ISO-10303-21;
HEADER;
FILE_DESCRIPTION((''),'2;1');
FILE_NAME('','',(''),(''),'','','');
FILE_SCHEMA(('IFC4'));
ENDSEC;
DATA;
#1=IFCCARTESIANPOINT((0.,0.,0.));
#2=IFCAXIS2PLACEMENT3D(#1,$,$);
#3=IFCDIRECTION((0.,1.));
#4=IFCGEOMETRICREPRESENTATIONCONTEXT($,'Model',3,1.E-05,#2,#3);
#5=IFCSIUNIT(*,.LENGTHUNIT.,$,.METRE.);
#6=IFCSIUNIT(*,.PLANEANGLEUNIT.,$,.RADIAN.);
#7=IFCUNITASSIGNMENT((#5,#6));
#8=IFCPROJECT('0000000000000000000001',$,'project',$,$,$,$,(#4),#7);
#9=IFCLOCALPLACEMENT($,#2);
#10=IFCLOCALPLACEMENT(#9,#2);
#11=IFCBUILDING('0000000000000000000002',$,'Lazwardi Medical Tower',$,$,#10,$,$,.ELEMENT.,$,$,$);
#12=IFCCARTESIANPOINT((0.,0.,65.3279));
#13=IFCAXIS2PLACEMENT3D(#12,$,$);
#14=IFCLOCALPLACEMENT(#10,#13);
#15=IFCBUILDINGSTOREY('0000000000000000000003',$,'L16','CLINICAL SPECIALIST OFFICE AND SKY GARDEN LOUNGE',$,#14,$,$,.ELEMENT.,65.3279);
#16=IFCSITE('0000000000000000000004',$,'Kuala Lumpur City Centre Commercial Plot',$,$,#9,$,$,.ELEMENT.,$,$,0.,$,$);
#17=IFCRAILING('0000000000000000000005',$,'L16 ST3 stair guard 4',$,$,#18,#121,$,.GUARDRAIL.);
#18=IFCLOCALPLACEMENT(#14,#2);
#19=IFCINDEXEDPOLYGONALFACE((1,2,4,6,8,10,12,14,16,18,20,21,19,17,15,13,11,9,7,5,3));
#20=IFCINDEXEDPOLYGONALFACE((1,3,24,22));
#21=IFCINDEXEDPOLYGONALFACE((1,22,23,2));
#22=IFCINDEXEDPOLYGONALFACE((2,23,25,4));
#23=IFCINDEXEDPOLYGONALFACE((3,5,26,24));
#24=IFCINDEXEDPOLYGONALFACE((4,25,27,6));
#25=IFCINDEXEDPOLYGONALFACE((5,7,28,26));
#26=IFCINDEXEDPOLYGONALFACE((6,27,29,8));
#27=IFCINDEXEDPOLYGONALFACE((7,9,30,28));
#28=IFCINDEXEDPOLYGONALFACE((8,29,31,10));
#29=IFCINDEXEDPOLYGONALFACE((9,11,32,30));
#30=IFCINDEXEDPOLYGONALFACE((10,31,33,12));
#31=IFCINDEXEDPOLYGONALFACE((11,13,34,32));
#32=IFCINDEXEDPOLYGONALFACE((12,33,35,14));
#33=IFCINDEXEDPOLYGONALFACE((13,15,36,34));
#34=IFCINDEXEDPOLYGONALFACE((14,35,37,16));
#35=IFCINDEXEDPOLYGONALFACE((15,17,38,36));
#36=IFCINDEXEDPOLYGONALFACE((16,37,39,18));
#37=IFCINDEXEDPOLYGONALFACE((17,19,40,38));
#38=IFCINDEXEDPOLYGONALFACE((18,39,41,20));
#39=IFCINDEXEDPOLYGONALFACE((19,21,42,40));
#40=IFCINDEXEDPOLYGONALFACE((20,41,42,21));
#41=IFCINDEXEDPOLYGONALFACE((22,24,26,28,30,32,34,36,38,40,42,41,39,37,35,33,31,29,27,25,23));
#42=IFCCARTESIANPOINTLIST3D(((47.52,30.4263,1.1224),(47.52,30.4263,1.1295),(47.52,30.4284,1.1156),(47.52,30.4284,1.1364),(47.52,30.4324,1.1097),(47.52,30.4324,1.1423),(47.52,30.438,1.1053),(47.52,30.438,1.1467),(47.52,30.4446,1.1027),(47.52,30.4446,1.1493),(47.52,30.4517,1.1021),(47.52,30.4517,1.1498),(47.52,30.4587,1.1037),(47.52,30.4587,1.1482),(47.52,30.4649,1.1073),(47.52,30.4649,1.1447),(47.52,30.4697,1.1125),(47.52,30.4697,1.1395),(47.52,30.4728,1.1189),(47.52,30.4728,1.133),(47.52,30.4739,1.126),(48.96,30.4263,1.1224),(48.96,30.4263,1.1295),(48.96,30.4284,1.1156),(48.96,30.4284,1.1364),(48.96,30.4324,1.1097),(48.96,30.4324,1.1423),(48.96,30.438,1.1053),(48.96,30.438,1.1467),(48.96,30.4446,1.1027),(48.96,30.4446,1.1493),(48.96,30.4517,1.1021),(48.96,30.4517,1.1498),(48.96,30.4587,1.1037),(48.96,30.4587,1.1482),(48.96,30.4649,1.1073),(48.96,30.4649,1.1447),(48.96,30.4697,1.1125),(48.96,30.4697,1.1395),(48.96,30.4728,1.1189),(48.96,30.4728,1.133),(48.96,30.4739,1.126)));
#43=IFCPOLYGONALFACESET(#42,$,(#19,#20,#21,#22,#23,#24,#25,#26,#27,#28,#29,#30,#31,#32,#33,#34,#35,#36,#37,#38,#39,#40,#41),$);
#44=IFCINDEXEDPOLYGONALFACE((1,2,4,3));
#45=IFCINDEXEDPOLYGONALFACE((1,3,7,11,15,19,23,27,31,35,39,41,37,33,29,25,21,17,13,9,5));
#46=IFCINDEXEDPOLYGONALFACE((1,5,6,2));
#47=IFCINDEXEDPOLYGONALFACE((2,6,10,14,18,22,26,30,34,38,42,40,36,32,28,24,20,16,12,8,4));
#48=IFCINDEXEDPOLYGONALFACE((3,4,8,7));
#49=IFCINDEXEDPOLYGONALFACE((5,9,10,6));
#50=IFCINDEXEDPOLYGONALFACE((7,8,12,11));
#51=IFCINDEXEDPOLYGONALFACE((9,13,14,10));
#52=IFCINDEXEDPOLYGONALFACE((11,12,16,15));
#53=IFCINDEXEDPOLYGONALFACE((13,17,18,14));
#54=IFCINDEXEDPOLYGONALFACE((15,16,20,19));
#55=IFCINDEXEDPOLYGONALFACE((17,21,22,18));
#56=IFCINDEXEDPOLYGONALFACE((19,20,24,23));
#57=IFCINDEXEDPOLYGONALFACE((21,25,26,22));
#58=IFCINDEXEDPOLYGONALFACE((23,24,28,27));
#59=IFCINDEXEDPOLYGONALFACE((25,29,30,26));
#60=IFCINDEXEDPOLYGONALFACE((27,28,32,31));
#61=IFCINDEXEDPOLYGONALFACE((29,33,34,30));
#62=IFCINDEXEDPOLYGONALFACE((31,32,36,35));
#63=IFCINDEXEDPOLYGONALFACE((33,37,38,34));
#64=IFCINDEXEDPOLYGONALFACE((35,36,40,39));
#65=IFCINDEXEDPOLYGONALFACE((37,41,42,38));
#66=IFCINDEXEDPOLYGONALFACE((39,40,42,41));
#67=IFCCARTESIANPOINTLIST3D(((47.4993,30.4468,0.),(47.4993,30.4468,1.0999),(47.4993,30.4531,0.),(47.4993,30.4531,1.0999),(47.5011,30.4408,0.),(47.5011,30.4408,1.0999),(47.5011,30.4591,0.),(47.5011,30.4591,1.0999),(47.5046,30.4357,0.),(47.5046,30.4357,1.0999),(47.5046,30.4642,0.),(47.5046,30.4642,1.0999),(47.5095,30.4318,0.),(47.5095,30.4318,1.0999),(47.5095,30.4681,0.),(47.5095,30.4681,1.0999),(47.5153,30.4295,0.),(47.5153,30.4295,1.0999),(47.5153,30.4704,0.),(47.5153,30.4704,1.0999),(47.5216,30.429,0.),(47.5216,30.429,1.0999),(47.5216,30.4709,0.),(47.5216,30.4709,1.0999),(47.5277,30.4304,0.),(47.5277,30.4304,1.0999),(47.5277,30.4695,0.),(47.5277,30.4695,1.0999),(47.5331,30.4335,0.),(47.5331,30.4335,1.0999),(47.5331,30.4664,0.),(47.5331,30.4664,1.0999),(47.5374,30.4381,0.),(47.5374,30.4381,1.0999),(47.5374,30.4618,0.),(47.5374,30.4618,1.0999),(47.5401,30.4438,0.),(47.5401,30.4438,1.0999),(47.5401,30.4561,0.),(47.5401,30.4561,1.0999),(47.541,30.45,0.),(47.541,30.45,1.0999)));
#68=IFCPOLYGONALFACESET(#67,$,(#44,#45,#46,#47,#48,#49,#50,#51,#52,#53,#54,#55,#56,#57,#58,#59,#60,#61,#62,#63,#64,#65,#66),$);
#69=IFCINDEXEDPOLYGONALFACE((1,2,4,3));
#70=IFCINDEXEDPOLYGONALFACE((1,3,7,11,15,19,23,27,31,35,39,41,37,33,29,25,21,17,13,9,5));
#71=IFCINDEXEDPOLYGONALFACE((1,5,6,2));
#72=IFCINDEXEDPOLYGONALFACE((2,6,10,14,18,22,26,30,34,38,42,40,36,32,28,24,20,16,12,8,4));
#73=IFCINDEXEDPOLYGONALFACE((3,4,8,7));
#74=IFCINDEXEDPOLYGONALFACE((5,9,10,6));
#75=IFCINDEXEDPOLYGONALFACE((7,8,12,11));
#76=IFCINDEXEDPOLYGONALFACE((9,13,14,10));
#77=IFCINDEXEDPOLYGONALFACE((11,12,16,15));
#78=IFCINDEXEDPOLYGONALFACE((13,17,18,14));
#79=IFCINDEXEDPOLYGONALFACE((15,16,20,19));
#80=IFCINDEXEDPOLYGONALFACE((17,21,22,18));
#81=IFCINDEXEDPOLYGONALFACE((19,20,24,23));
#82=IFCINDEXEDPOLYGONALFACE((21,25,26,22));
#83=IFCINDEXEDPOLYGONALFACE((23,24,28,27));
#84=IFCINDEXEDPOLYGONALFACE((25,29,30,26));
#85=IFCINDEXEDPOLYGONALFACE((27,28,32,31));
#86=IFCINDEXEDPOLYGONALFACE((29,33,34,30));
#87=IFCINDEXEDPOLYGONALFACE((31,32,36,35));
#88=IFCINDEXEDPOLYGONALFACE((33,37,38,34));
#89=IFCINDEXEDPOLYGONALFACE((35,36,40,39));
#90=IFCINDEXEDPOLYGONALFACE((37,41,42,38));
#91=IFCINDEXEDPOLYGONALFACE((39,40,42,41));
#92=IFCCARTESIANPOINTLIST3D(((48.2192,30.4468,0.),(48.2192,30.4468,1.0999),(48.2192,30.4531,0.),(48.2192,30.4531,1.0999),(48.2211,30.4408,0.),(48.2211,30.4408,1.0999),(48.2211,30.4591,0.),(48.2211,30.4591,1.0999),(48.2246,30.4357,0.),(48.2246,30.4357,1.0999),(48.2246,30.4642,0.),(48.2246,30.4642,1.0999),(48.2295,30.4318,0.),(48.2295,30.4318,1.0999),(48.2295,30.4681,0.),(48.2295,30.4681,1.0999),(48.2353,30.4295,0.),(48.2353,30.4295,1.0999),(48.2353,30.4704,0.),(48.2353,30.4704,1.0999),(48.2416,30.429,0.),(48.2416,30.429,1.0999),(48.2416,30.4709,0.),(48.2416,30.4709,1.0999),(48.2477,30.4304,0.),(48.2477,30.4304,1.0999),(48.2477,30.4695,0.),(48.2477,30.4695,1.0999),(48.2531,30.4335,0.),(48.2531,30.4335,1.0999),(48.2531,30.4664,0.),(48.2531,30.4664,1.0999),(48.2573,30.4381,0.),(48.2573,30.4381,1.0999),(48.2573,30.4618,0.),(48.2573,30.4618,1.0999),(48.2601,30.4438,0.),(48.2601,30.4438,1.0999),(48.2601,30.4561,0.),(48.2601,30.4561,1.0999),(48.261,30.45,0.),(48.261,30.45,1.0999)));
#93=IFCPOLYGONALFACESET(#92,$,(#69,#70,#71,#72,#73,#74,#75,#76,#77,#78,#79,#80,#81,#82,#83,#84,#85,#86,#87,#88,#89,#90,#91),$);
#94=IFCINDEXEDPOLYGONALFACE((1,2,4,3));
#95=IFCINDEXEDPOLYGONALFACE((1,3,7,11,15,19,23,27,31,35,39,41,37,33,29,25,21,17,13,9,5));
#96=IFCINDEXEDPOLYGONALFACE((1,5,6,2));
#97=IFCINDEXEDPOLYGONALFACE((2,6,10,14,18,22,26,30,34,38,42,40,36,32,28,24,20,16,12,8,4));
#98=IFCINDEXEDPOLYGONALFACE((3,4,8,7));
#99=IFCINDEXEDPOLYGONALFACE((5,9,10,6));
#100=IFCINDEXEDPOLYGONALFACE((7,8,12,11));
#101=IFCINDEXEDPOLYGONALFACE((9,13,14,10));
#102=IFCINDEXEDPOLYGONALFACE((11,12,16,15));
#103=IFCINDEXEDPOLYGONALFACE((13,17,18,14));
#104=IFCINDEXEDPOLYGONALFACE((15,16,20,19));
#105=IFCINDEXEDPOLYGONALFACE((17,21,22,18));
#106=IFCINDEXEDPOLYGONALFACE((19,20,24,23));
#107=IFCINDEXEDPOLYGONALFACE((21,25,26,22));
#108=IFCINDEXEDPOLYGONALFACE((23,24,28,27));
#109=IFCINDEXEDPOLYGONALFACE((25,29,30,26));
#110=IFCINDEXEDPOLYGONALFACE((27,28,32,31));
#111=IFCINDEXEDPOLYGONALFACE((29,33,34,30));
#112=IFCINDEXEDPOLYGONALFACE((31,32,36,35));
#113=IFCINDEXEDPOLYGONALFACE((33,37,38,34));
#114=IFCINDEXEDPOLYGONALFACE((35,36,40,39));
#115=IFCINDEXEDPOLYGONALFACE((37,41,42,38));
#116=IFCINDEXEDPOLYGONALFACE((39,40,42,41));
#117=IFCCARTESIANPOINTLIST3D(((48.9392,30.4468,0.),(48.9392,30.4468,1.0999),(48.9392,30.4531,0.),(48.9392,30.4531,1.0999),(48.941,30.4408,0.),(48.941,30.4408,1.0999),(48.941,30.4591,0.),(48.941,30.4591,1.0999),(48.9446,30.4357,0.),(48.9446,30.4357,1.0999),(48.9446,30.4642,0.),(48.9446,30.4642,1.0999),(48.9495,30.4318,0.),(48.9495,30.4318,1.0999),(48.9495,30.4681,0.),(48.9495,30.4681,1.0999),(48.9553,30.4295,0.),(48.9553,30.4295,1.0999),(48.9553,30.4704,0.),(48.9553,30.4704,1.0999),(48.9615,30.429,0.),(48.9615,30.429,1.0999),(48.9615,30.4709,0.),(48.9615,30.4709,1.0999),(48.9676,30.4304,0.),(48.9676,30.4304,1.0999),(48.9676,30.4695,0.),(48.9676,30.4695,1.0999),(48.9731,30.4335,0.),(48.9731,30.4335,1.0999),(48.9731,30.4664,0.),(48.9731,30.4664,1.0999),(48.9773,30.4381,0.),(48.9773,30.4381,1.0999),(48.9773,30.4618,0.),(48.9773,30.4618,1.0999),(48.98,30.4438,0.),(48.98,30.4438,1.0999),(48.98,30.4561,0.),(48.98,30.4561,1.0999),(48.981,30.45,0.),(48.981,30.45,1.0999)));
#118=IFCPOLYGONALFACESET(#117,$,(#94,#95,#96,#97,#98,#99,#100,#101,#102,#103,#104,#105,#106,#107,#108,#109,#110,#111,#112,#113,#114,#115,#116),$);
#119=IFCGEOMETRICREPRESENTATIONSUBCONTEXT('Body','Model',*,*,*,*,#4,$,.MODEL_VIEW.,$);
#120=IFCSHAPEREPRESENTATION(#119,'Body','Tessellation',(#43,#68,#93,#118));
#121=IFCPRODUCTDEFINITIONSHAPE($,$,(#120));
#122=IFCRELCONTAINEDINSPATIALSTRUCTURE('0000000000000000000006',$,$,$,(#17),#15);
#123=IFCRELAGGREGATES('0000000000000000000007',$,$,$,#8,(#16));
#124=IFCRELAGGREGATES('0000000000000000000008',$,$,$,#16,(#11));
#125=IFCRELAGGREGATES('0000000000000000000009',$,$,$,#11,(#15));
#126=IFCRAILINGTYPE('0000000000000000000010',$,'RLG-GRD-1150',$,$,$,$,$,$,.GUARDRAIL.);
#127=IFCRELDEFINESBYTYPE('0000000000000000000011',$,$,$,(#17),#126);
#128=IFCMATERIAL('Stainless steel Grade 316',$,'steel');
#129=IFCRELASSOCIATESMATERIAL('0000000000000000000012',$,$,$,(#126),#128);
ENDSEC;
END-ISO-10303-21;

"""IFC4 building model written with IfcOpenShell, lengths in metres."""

from ifc_helpers import new_model, si_unit, direction, frame, origin, origin_2d, place, context, subcontext, project, spatial, circle, extrude, material, type_object, element, save


model = new_model("IFC4")

# Units and contexts
model_context = context("Model", 3, precision=1e-05, world=origin(), true_north=direction((0.0, 1.0)))
body_context = subcontext(model_context, "Body", "Model", "MODEL_VIEW")
ifc_project = project(units=[si_unit("LENGTHUNIT", "METRE"), si_unit("PLANEANGLEUNIT", "RADIAN")], contexts=[model_context])

# Site, building, storey
site_placement = place(None, origin())
site = spatial("IfcSite", under=ifc_project, at=site_placement, Name="Kuala Lumpur City Centre Commercial Plot", CompositionType="ELEMENT", RefElevation=0.0)
building_placement = place(site_placement, origin())
building = spatial("IfcBuilding", under=site, at=building_placement, Name="Lazwardi Medical Tower", CompositionType="ELEMENT")
storey_placement = place(building_placement, frame((0.0, 0.0, 65.3279)))
storey = spatial("IfcBuildingStorey", under=building, at=storey_placement, Name="L16", Description="CLINICAL SPECIALIST OFFICE AND SKY GARDEN LOUNGE", CompositionType="ELEMENT", Elevation=65.3279)

# Railing
ifc_material_1 = material(Name="Stainless steel Grade 316", Category="steel")
railing_type_1 = type_object("IfcRailingType", Name="RLG-GRD-1150", PredefinedType="GUARDRAIL", material=ifc_material_1)
railing_1_placement = place(storey_placement, frame((47.52, 30.45, 0.0)))
element("IfcRailing", 1, at=railing_1_placement, inside=storey, type_object=railing_type_1, Name="L16 ST3 stair guard 4", PredefinedType="GUARDRAIL", context=body_context, shape_type="SweptSolid", body=[
    extrude(circle(Radius=0.0239, at=origin_2d()), frame((0.0, 0.0, 1.126), z_axis=(1.0, 0.0, 0.0), x_axis=(0.0, 1.0, 0.0)), (0.0, 0.0, 1.0), 1.4399),
    extrude(circle(Radius=0.021, at=origin_2d()), origin(), (0.0, 0.0, 1.0), 1.0999),
    extrude(circle(Radius=0.021, at=origin_2d()), frame((0.72, 0.0, 0.0)), (0.0, 0.0, 1.0), 1.0999),
    extrude(circle(Radius=0.021, at=origin_2d()), frame((1.4399, 0.0, 0.0)), (0.0, 0.0, 1.0), 1.0999),
])

save(model, "model.ifc")
